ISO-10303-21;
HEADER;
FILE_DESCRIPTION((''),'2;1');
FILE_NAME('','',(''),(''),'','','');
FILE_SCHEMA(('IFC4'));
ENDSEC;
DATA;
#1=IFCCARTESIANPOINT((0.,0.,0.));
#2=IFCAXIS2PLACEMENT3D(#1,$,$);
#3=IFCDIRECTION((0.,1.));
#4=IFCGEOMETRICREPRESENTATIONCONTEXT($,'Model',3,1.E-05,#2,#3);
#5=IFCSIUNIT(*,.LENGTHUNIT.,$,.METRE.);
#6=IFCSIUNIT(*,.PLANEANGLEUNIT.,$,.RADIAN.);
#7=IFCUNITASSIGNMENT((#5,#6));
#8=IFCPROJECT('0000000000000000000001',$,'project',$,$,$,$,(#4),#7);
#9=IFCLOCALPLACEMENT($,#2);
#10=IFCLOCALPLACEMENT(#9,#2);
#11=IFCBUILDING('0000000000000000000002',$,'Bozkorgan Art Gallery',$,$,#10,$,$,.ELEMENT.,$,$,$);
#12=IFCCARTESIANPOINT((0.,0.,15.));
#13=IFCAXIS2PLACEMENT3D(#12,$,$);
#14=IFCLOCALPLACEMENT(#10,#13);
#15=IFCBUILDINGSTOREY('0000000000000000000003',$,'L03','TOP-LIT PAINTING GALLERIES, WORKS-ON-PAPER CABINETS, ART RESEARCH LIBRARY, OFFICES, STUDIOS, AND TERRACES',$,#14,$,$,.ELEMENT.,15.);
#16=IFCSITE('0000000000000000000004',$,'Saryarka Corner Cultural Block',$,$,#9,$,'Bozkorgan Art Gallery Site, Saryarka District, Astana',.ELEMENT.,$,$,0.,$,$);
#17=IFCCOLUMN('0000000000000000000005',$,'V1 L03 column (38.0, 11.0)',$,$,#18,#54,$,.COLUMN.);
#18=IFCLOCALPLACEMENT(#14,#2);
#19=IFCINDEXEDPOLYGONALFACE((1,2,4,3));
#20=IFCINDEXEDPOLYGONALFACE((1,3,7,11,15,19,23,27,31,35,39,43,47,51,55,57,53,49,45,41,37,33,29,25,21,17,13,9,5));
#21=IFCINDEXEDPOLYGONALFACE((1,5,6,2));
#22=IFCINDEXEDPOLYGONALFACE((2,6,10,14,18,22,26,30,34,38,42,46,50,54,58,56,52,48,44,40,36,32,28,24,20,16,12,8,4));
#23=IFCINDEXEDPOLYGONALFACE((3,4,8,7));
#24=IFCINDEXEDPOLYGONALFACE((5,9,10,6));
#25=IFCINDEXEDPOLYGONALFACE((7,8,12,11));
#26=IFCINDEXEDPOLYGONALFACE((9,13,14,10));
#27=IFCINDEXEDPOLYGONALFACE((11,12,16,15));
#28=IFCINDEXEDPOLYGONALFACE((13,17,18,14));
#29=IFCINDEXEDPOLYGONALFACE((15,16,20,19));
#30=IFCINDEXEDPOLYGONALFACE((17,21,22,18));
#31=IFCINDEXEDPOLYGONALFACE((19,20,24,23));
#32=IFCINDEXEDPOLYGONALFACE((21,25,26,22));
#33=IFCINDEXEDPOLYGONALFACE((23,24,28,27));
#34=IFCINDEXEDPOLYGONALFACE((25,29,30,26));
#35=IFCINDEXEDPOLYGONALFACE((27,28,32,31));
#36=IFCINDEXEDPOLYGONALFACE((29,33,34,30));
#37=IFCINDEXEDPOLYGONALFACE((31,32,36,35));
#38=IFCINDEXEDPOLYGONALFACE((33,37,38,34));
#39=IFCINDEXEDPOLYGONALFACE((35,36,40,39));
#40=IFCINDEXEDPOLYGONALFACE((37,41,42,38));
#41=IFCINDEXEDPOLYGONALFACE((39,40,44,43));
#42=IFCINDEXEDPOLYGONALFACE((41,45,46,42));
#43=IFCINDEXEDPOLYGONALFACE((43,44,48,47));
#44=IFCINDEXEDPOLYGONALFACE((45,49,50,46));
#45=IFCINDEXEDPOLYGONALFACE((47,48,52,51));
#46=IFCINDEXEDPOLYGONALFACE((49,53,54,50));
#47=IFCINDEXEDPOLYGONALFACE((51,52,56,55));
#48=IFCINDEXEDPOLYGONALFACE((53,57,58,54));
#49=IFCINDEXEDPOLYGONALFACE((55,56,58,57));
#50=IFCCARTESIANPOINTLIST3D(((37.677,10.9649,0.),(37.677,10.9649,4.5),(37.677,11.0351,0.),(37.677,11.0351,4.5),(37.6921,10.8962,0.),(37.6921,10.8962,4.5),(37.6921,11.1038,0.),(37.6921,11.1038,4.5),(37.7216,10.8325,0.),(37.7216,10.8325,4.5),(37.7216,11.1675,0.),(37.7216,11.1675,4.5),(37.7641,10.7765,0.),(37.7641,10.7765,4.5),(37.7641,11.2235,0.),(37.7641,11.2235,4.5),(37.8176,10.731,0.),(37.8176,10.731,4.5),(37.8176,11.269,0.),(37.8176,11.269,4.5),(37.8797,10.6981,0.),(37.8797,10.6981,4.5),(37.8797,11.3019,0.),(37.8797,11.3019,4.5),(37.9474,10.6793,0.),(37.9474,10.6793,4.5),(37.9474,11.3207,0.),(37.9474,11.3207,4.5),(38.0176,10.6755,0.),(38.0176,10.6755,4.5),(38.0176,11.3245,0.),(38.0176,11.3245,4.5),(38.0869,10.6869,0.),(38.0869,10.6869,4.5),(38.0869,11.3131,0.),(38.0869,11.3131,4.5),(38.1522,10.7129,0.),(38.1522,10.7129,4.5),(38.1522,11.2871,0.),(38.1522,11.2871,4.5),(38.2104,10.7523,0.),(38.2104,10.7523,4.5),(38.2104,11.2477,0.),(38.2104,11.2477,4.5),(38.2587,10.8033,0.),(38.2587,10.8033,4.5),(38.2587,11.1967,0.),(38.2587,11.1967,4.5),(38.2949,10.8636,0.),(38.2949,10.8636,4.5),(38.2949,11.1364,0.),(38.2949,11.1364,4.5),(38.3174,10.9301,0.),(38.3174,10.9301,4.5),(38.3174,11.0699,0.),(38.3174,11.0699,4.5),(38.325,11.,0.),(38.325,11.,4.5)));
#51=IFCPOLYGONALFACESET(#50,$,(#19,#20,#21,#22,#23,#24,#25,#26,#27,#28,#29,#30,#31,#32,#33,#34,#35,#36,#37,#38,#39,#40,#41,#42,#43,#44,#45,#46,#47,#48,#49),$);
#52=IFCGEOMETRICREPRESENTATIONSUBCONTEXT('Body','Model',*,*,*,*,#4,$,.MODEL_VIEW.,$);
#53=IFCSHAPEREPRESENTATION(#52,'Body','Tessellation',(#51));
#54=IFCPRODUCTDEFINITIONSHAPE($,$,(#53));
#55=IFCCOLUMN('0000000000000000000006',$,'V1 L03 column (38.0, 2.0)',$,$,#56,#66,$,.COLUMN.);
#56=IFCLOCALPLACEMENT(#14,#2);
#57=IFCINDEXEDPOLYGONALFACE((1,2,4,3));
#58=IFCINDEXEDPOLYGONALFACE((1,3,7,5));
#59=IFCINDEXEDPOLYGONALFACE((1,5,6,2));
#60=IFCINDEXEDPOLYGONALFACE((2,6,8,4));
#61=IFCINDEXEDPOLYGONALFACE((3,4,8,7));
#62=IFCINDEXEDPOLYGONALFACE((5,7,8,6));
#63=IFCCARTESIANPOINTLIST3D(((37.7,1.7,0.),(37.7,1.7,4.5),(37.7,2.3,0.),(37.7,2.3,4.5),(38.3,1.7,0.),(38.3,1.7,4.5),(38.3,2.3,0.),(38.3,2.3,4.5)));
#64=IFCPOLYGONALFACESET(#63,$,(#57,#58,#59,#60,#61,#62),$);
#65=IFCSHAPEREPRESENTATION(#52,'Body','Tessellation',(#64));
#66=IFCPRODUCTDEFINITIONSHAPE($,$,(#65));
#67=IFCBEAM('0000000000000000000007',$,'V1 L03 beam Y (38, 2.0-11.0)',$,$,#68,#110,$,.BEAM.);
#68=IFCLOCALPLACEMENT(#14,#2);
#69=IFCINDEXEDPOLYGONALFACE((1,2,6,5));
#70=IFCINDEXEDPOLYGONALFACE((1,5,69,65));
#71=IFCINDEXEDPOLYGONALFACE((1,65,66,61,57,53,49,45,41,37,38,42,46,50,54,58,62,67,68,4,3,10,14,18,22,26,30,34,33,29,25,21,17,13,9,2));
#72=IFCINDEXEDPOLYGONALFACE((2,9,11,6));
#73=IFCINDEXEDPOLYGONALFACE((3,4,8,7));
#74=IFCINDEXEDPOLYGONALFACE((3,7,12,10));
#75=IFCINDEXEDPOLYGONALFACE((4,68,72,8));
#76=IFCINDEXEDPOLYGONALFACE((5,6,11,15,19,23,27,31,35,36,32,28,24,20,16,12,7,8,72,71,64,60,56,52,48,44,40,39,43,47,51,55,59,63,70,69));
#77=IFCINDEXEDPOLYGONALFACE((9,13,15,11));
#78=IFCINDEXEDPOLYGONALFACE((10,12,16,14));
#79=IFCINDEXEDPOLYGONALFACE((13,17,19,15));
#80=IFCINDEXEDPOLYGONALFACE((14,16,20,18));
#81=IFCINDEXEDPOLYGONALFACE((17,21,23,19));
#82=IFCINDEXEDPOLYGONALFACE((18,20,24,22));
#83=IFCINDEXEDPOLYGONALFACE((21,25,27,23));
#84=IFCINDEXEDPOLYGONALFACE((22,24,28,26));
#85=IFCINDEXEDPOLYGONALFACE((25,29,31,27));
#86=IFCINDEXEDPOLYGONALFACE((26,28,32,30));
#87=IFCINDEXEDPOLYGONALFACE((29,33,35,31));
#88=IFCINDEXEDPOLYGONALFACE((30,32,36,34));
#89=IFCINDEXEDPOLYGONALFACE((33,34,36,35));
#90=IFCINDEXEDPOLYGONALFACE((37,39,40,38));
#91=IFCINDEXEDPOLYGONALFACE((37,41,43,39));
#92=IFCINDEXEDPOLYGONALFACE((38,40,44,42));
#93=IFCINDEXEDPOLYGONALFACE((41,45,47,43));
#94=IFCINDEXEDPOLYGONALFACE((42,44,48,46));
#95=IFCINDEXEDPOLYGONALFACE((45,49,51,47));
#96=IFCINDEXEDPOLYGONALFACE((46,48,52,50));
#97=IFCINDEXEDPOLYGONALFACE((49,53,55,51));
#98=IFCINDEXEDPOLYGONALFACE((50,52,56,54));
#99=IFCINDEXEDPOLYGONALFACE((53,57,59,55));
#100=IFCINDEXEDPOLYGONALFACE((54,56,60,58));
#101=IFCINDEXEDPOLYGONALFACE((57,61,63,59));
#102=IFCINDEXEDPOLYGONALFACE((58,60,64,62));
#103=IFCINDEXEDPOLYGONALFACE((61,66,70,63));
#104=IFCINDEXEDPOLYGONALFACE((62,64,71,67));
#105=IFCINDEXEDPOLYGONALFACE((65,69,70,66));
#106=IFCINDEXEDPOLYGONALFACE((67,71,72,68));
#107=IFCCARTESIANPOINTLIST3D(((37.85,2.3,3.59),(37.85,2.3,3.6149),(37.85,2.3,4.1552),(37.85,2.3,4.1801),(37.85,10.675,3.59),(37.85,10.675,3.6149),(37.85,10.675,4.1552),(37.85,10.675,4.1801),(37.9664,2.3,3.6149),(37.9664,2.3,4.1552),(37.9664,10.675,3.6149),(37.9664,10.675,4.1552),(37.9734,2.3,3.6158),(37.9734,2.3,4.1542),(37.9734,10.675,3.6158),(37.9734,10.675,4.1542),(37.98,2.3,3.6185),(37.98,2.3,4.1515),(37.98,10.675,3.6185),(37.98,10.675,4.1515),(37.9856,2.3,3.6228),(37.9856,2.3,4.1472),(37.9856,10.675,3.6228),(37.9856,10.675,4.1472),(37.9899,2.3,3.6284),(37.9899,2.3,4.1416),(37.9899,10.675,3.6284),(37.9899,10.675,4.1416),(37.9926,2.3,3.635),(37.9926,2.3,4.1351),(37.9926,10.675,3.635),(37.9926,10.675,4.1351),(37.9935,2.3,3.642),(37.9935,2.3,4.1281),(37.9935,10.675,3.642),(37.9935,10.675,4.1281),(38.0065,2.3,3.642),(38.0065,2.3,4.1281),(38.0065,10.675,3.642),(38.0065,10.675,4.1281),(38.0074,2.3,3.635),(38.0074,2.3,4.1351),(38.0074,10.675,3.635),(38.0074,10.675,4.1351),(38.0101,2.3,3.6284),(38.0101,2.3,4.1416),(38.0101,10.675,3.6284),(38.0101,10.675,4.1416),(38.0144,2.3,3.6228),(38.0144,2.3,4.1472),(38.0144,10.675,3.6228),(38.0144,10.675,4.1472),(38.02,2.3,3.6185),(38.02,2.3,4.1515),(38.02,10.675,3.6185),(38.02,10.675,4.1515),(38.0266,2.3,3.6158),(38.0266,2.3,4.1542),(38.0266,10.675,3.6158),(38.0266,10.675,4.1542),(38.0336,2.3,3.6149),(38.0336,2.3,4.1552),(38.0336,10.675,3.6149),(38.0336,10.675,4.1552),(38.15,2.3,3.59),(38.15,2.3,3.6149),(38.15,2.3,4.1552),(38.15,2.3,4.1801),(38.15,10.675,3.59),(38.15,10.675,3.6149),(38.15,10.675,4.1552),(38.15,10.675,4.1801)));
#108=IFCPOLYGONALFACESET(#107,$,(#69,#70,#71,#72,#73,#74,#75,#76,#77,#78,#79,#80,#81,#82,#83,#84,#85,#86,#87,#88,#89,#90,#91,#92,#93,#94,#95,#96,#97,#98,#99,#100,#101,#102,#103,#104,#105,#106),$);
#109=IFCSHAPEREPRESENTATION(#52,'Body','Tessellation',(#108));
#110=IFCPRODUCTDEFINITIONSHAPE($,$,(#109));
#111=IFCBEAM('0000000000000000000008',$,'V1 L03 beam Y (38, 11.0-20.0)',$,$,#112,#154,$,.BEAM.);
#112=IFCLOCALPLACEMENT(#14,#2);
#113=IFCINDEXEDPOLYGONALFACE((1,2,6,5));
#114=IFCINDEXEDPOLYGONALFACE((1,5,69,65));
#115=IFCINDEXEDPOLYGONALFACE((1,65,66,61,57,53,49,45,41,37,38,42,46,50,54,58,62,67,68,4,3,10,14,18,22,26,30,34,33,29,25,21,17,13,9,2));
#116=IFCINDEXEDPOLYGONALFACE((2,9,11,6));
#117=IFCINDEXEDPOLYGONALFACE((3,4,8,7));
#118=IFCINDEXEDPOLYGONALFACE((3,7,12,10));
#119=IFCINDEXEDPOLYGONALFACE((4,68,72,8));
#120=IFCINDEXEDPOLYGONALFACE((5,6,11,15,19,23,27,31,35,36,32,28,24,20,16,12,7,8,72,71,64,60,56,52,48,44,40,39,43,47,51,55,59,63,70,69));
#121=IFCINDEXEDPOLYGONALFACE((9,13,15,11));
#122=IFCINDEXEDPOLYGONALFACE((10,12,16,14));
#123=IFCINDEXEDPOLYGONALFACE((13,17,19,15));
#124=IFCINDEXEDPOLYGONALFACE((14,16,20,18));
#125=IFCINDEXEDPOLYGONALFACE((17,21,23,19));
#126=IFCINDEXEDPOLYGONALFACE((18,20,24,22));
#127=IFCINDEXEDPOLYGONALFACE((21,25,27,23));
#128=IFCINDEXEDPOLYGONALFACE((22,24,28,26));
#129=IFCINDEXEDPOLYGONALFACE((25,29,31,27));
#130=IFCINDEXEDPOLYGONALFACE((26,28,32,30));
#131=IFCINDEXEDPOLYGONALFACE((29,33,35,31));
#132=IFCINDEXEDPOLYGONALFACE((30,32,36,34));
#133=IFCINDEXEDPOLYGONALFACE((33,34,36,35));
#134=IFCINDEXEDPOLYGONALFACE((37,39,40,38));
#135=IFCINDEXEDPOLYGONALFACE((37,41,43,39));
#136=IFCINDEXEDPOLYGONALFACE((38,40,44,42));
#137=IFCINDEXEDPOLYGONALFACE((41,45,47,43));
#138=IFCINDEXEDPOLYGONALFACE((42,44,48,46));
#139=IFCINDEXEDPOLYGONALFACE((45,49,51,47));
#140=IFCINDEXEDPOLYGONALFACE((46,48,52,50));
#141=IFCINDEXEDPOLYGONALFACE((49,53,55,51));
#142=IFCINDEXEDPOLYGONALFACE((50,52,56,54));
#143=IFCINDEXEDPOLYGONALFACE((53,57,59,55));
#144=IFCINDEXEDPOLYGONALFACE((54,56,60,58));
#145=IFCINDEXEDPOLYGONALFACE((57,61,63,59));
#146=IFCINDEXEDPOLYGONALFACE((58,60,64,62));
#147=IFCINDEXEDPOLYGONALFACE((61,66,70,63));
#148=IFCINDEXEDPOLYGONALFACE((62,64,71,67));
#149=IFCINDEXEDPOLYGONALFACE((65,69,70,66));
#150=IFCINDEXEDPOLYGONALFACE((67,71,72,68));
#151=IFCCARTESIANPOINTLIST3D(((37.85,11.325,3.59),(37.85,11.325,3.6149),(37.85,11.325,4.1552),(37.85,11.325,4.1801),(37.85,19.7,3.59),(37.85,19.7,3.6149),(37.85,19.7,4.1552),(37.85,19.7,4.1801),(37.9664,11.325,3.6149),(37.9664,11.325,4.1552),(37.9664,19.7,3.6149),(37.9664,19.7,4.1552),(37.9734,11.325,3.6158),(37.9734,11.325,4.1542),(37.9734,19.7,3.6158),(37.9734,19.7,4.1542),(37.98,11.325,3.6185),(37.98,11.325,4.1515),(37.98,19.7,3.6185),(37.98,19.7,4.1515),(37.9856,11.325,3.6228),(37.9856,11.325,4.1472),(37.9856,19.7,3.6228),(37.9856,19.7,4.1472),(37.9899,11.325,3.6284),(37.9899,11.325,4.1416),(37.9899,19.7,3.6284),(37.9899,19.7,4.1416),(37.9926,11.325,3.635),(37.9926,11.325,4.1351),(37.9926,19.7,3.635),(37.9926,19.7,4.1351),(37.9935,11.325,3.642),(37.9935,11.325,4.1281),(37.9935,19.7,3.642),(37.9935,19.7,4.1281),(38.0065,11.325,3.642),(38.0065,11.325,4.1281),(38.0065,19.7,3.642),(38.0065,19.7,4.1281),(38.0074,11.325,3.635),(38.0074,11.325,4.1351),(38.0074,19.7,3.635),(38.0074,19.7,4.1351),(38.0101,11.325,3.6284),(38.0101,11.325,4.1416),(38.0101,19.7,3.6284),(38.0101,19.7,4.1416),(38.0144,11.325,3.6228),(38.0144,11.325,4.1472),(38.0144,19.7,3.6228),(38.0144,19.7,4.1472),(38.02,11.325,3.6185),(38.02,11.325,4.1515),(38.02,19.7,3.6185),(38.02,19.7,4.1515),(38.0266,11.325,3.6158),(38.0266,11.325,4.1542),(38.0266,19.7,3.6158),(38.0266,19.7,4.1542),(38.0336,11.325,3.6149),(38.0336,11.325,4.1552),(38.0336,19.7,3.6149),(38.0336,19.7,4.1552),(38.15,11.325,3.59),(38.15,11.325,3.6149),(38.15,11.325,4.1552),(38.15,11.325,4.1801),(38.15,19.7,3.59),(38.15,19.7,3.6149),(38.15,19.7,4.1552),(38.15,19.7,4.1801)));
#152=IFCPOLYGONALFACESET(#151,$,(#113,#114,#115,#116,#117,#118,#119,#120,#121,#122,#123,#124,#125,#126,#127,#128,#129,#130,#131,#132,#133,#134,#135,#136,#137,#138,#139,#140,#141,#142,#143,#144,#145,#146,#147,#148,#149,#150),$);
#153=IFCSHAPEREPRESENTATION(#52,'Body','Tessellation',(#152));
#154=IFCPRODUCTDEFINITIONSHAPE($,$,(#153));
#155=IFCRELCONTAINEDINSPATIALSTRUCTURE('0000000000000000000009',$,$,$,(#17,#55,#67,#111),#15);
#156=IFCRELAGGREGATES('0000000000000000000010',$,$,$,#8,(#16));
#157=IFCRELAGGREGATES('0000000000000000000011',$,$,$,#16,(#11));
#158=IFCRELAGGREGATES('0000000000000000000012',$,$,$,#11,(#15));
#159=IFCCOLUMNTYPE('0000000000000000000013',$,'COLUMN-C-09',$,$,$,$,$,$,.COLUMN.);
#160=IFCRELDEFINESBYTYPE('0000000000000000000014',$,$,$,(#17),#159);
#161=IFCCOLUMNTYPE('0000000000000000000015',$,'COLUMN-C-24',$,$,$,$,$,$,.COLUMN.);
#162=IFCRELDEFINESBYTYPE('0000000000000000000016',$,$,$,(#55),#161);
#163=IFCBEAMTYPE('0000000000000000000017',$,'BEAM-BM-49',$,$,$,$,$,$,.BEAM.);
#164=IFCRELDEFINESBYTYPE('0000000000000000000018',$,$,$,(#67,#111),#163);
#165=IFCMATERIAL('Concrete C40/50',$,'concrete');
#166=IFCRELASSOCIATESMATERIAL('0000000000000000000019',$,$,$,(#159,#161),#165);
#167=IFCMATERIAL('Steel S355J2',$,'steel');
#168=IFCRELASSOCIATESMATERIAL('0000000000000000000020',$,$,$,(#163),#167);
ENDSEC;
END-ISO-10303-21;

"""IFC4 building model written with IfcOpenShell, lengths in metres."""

from ifc_helpers import new_model, si_unit, direction, frame, origin, origin_2d, place, context, subcontext, project, spatial, rectangle, circle, i_section, extrude, material, material_profile, profile_set, type_object, element, save


model = new_model("IFC4")

# Units and contexts
model_context = context("Model", 3, precision=1e-05, world=origin(), true_north=direction((0.0, 1.0)))
body_context = subcontext(model_context, "Body", "Model", "MODEL_VIEW")
ifc_project = project(units=[si_unit("LENGTHUNIT", "METRE"), si_unit("PLANEANGLEUNIT", "RADIAN")], contexts=[model_context])

# Site, building, storey
site_placement = place(None, origin())
site = spatial("IfcSite", under=ifc_project, at=site_placement, Name="Saryarka Corner Cultural Block", LongName="Bozkorgan Art Gallery Site, Saryarka District, Astana", CompositionType="ELEMENT", RefElevation=0.0)
building_placement = place(site_placement, origin())
building = spatial("IfcBuilding", under=site, at=building_placement, Name="Bozkorgan Art Gallery", CompositionType="ELEMENT")
storey_placement = place(building_placement, frame((0.0, 0.0, 15.0)))
storey = spatial("IfcBuildingStorey", under=building, at=storey_placement, Name="L03", Description="TOP-LIT PAINTING GALLERIES, WORKS-ON-PAPER CABINETS, ART RESEARCH LIBRARY, OFFICES, STUDIOS, AND TERRACES", CompositionType="ELEMENT", Elevation=15.0)

# Columns
ifc_material_1 = material(Name="Concrete C40/50", Category="concrete")
ifc_material_profile_1 = material_profile(ifc_material_1, circle(Radius=0.325, at=origin_2d()), Name="RC D650")
ifc_profile_set_1 = profile_set([ifc_material_profile_1], Name="Concrete C40/50")
column_type_1 = type_object("IfcColumnType", Name="COLUMN-C-09", PredefinedType="COLUMN", material=ifc_profile_set_1)
column_1_placement = place(storey_placement, frame((38.0, 11.0, 0.0), z_axis=(0.0, 0.0, 1.0), x_axis=(1.0, 0.0, 0.0)))
element("IfcColumn", 1, at=column_1_placement, inside=storey, type_object=column_type_1, Name="V1 L03 column (38.0, 11.0)", PredefinedType="COLUMN", context=body_context, shape_type="SweptSolid", body=[
    extrude(circle(Radius=0.325, at=origin_2d()), origin(), (0.0, 0.0, 1.0), 4.5),
])
ifc_material_profile_2 = material_profile(ifc_material_1, rectangle(XDim=0.6001, YDim=0.6001, at=origin_2d()), Name="RC 600x600")
ifc_profile_set_2 = profile_set([ifc_material_profile_2], Name="Concrete C40/50")
column_type_2 = type_object("IfcColumnType", Name="COLUMN-C-24", PredefinedType="COLUMN", material=ifc_profile_set_2)
column_2_placement = place(storey_placement, frame((38.0, 2.0, 0.0), z_axis=(0.0, 0.0, 1.0), x_axis=(1.0, 0.0, 0.0)))
element("IfcColumn", 2, at=column_2_placement, inside=storey, type_object=column_type_2, Name="V1 L03 column (38.0, 2.0)", PredefinedType="COLUMN", context=body_context, shape_type="SweptSolid", body=[
    extrude(rectangle(XDim=0.6001, YDim=0.6001, at=origin_2d()), origin(), (0.0, 0.0, 1.0), 4.5),
])

# Beams
ifc_material_2 = material(Name="Steel S355J2", Category="steel")
ifc_material_profile_3 = material_profile(ifc_material_2, i_section(OverallWidth=0.3, OverallDepth=0.5901, WebThickness=0.0129, FlangeThickness=0.0249, FilletRadius=0.0271, at=origin_2d()), Name="HEA 600")
ifc_profile_set_3 = profile_set([ifc_material_profile_3], Name="Steel S355J2")
beam_type_1 = type_object("IfcBeamType", Name="BEAM-BM-49", PredefinedType="BEAM", material=ifc_profile_set_3)
for number, where, z_axis, x_axis, name in (
    (3, (38.0, 2.3, 3.885), (0.0, 1.0, 0.0), (-1.0, 0.0, 0.0), "V1 L03 beam Y (38, 2.0-11.0)"),
    (4, (38.0, 11.325, 3.885), (0.0, 1.0, 0.0), (-1.0, 0.0, 0.0), "V1 L03 beam Y (38, 11.0-20.0)"),
):
    element("IfcBeam", number, at=place(storey_placement, frame(where, z_axis=z_axis, x_axis=x_axis)), inside=storey, type_object=beam_type_1, Name=name, PredefinedType="BEAM", context=body_context, shape_type="SweptSolid", body=[
        extrude(i_section(OverallWidth=0.3, OverallDepth=0.5901, WebThickness=0.0129, FlangeThickness=0.0249, FilletRadius=0.0271, at=origin_2d()), origin(), (0.0, 0.0, 1.0), 8.375),
    ])

save(model, "model.ifc")
